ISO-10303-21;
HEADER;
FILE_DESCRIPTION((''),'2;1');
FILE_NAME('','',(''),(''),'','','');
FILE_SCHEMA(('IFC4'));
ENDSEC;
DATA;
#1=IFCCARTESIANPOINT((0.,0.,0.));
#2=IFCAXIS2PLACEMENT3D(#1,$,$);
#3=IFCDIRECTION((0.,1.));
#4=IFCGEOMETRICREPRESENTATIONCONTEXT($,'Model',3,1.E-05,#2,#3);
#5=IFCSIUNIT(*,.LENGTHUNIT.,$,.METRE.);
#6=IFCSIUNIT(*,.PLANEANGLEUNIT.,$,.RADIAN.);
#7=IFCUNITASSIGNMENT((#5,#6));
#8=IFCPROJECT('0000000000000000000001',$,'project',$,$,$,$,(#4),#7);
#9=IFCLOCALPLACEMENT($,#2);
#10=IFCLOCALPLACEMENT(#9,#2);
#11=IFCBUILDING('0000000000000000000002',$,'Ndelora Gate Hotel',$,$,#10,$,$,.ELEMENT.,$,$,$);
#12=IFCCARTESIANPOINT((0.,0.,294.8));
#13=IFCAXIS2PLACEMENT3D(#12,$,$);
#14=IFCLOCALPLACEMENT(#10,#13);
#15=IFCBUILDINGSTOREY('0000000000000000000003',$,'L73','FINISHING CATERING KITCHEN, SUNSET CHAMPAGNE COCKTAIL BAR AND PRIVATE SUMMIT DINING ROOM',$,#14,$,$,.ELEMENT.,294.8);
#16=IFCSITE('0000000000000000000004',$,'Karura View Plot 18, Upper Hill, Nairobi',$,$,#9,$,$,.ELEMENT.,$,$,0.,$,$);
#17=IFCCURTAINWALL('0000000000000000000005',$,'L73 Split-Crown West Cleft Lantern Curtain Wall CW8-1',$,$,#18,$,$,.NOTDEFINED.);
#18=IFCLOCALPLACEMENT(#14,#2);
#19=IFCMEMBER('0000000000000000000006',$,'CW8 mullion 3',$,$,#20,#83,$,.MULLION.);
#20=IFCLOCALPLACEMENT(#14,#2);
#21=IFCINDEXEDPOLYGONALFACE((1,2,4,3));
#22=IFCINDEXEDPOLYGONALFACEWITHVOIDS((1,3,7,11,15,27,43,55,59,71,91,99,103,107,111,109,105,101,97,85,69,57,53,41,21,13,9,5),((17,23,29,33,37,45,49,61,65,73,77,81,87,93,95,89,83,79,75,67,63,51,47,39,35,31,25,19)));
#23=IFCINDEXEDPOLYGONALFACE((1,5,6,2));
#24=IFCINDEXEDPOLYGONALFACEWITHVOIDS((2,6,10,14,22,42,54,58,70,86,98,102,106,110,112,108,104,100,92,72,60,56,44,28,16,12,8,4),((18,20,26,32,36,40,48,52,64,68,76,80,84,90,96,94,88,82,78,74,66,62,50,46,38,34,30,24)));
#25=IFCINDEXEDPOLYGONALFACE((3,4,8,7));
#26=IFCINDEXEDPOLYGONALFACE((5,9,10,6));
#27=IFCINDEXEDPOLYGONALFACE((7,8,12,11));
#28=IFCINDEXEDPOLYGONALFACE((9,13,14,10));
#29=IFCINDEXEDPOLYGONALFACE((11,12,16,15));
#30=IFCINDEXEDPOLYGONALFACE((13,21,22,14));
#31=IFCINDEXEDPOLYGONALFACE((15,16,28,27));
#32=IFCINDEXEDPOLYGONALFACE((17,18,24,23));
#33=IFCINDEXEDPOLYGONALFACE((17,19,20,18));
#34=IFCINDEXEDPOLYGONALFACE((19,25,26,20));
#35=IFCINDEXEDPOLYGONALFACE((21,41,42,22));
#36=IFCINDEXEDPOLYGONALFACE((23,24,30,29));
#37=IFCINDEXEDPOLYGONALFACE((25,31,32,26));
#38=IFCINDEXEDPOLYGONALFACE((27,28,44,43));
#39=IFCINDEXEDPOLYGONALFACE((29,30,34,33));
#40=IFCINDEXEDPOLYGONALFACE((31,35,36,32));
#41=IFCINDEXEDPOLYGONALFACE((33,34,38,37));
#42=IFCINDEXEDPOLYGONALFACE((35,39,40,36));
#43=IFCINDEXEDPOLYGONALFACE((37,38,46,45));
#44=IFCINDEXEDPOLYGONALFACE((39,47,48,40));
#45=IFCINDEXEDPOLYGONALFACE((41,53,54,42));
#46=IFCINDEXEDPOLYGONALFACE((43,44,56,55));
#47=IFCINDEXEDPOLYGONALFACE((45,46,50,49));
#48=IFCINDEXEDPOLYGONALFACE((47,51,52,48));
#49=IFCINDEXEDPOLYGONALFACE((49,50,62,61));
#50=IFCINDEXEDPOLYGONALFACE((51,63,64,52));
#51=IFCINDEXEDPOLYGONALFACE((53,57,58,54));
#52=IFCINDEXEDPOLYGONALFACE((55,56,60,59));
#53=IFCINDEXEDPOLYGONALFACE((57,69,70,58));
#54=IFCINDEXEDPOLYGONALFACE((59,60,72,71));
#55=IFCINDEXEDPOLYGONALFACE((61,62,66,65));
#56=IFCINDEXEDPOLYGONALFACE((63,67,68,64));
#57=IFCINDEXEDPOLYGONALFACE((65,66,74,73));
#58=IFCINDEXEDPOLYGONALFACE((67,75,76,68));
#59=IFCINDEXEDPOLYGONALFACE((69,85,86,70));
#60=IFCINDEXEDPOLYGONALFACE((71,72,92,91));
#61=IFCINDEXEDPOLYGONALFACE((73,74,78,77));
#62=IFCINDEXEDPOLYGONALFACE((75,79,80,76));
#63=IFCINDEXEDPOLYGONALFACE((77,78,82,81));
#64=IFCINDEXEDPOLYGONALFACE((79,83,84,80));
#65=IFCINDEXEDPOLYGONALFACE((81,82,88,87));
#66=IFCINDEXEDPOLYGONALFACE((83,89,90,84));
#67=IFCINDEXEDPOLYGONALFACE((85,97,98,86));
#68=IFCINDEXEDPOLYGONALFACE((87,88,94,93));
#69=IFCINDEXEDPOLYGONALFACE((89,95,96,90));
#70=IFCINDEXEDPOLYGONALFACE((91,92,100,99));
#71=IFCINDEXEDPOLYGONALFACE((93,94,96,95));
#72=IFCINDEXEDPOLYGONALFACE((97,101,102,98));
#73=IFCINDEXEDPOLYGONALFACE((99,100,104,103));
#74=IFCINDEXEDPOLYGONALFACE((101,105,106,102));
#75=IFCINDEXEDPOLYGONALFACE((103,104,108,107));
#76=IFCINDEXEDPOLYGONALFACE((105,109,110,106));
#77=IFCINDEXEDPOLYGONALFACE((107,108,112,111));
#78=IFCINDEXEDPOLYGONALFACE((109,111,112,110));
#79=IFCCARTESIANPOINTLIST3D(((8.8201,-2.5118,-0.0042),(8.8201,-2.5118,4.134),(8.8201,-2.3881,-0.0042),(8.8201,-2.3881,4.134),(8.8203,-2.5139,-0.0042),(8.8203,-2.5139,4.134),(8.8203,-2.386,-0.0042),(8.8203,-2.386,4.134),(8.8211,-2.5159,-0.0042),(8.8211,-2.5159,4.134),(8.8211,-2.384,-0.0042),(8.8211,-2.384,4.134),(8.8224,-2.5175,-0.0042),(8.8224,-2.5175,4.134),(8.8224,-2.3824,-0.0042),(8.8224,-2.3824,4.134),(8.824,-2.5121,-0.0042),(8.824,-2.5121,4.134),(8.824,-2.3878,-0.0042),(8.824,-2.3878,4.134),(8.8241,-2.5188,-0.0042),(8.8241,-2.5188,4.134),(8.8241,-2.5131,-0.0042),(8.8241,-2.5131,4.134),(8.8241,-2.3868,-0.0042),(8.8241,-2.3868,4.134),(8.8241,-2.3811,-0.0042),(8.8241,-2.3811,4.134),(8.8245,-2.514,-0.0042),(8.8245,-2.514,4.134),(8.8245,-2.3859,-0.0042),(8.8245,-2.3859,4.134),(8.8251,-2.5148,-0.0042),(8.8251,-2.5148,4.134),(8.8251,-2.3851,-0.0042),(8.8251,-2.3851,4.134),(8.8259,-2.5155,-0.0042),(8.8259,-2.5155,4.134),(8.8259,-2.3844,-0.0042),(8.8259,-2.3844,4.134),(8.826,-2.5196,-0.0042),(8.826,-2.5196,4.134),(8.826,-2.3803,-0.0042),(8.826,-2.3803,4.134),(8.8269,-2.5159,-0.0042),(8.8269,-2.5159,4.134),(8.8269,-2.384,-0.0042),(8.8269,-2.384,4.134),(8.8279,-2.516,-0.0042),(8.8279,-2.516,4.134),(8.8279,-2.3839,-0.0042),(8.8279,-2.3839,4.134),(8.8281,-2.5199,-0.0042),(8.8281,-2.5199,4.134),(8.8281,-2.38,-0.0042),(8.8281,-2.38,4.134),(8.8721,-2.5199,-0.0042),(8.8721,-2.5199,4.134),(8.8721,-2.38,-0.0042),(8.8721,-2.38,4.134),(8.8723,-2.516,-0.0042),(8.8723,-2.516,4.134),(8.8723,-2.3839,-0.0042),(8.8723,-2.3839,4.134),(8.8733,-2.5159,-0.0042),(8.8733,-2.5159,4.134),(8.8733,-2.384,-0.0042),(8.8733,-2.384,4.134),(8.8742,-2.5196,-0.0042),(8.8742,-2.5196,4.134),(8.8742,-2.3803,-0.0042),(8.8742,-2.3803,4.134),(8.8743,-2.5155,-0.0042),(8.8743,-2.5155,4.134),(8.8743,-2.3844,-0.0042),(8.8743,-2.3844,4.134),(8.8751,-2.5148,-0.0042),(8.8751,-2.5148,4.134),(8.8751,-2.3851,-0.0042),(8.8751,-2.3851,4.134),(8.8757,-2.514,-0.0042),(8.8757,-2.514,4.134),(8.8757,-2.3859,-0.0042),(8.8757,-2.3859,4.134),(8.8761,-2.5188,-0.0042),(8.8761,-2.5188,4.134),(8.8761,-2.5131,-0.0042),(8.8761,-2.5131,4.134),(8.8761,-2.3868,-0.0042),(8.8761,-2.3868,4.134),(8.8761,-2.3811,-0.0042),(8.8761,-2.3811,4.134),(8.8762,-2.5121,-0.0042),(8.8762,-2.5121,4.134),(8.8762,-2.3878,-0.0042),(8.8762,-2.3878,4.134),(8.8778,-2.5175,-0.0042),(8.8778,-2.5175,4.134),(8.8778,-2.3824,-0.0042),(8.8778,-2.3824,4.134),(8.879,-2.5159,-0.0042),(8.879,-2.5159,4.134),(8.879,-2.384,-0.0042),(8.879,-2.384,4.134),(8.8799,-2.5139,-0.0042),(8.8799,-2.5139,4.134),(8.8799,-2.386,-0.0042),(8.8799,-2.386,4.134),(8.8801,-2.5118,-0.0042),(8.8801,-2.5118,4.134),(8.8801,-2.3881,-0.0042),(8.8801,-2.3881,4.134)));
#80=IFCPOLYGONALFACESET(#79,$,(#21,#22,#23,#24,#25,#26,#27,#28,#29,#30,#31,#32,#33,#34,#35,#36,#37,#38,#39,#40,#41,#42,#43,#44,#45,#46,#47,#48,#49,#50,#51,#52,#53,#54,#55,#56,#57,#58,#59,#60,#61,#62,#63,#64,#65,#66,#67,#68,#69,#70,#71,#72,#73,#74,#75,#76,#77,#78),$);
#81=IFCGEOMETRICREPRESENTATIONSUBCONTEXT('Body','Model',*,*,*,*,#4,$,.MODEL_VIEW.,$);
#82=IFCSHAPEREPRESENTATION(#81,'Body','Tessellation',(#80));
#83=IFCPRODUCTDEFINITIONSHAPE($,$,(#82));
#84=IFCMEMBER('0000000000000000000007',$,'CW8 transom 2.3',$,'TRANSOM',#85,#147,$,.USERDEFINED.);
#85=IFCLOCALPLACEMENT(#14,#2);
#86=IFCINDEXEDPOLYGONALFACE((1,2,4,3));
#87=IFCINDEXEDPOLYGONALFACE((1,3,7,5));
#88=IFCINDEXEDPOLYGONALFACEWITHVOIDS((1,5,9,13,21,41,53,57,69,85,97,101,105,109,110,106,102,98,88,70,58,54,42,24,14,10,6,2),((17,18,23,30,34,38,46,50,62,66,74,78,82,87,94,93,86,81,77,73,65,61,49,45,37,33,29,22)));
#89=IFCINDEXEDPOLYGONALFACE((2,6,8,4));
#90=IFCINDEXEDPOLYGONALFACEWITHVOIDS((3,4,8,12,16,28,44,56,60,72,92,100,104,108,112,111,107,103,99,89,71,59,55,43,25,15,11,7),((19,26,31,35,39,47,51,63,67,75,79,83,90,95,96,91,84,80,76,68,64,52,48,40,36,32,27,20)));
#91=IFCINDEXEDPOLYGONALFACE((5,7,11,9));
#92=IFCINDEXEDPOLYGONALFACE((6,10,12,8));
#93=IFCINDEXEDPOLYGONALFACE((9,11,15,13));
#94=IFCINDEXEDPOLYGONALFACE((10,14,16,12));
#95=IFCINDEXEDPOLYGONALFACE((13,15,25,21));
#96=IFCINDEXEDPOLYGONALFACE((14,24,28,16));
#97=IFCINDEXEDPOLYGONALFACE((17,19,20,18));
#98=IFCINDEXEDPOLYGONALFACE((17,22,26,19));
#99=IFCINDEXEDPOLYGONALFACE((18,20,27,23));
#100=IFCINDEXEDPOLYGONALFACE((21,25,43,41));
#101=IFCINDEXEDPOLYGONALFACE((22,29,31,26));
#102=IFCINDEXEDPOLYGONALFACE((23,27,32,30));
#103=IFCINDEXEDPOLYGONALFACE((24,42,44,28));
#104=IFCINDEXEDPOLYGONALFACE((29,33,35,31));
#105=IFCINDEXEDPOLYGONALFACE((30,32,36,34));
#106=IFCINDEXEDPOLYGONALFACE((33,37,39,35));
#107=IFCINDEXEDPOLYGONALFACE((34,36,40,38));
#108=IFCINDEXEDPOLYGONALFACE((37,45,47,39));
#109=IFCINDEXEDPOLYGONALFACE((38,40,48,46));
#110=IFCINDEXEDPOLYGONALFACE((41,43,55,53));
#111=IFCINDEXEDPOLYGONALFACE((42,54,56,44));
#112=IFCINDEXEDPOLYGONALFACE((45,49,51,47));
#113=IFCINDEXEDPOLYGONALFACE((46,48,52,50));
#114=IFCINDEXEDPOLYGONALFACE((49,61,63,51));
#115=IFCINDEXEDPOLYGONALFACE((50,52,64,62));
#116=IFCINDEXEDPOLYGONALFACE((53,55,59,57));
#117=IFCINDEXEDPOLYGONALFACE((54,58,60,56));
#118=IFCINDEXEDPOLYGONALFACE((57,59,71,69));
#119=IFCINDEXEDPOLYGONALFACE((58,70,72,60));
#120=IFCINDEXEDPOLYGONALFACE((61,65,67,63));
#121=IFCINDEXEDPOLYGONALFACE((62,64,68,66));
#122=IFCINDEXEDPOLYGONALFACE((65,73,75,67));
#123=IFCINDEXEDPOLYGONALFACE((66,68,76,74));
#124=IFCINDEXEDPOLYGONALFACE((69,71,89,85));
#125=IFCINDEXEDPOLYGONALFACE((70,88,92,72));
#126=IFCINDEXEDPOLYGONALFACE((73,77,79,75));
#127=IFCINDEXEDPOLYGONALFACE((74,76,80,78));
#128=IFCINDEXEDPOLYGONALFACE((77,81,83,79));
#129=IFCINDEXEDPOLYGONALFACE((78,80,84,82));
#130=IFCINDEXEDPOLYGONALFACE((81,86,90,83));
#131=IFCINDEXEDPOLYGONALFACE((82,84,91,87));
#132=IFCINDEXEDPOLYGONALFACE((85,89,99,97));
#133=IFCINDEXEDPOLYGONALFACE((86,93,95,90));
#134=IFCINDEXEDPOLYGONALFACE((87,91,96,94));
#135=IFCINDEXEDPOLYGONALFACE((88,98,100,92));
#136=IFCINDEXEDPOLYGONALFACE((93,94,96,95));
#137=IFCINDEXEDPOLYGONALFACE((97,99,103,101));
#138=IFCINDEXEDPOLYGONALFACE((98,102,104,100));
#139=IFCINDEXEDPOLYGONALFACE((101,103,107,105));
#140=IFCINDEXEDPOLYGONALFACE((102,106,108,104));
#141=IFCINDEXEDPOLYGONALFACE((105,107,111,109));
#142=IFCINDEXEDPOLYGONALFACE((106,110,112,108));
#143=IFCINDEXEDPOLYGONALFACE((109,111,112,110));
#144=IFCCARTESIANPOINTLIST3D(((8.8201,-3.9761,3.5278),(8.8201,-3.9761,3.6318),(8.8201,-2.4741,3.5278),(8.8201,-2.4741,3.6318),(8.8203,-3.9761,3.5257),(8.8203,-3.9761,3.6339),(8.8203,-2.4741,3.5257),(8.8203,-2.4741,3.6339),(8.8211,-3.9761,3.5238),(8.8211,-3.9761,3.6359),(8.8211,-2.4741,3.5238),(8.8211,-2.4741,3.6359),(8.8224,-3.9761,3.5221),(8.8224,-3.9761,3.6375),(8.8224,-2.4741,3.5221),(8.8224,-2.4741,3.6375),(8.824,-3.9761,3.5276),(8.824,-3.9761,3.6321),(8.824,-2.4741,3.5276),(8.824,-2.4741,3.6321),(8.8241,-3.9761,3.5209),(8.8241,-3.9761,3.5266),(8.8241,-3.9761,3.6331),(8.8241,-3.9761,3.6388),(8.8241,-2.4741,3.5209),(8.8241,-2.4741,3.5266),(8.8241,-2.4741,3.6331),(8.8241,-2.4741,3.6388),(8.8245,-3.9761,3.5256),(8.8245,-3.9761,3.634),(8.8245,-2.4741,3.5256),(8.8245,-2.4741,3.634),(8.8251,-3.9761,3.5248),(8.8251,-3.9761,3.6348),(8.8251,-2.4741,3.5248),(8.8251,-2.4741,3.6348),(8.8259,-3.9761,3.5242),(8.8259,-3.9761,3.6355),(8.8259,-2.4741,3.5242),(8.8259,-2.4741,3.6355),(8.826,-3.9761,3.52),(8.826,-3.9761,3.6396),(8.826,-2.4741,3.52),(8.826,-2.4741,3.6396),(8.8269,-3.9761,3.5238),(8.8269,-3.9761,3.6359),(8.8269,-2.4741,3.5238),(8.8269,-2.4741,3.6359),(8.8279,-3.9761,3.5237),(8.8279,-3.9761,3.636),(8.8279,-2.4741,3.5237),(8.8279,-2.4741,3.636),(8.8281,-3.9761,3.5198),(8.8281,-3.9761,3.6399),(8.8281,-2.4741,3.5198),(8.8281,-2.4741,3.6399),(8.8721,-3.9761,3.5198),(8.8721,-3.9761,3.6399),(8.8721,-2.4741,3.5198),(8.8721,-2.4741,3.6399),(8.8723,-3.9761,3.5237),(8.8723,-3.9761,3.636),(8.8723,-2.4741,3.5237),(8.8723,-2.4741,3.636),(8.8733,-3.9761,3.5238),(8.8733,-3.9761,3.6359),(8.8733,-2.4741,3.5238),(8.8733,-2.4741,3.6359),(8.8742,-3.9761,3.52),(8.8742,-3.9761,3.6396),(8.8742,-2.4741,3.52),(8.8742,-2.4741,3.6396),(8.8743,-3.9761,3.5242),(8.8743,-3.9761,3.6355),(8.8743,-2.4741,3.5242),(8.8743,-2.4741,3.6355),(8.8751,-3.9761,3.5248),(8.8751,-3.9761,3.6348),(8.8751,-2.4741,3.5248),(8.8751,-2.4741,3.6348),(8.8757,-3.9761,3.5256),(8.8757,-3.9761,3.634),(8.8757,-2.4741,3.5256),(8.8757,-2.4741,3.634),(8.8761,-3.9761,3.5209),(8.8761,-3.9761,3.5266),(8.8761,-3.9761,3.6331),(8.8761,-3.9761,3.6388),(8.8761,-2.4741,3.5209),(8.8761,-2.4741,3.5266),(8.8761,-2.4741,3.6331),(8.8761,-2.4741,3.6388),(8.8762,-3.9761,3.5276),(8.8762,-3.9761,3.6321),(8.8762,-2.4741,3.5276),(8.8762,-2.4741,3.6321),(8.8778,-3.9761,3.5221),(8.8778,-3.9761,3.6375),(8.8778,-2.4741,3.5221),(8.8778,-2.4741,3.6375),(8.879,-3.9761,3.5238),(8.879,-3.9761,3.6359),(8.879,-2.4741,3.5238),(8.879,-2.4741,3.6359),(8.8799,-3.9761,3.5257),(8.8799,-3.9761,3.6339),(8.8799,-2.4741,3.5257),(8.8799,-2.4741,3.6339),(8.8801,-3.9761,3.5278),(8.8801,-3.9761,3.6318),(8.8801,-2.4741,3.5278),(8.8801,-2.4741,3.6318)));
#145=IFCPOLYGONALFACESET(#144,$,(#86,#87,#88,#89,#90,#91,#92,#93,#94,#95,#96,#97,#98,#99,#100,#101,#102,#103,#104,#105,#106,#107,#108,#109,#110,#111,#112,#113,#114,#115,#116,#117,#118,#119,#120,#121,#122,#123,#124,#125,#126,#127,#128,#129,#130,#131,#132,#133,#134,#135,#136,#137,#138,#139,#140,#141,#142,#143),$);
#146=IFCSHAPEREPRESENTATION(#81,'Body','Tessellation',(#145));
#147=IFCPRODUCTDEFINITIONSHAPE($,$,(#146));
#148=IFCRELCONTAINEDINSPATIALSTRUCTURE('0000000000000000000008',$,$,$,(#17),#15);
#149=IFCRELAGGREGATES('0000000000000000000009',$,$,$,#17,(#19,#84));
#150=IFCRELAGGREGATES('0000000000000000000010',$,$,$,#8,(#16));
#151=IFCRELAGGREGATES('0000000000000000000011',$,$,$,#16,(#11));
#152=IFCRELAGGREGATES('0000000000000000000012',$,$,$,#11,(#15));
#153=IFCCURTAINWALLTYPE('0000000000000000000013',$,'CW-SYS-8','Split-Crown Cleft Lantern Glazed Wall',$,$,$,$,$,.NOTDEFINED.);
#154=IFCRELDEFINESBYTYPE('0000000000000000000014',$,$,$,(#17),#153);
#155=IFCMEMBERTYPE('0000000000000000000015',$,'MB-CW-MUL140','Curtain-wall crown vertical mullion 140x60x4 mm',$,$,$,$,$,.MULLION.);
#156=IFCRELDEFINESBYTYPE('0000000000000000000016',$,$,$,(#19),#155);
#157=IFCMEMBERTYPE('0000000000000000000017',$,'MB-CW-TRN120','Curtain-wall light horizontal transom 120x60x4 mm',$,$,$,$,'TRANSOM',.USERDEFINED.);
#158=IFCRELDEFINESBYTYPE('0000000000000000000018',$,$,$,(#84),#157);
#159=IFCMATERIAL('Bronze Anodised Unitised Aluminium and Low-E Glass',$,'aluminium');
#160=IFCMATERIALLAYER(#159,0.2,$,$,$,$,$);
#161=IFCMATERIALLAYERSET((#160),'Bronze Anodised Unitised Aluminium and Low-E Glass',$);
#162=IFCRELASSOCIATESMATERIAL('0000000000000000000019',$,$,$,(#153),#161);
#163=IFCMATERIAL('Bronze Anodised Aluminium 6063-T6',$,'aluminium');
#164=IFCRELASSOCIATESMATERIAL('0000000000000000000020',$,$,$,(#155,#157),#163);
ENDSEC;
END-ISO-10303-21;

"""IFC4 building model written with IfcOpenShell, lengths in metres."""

from ifc_helpers import new_model, si_unit, direction, frame, origin, origin_2d, place, context, subcontext, project, spatial, hollow_rectangle, extrude, material, layer, layer_set, material_profile, profile_set, type_object, element, aggregate, save


model = new_model("IFC4")

# Units and contexts
model_context = context("Model", 3, precision=1e-05, world=origin(), true_north=direction((0.0, 1.0)))
body_context = subcontext(model_context, "Body", "Model", "MODEL_VIEW")
ifc_project = project(units=[si_unit("LENGTHUNIT", "METRE"), si_unit("PLANEANGLEUNIT", "RADIAN")], contexts=[model_context])

# Site, building, storey
site_placement = place(None, origin())
site = spatial("IfcSite", under=ifc_project, at=site_placement, Name="Karura View Plot 18, Upper Hill, Nairobi", CompositionType="ELEMENT", RefElevation=0.0)
building_placement = place(site_placement, origin())
building = spatial("IfcBuilding", under=site, at=building_placement, Name="Ndelora Gate Hotel", CompositionType="ELEMENT")
storey_placement = place(building_placement, frame((0.0, 0.0, 294.8)))
storey = spatial("IfcBuildingStorey", under=building, at=storey_placement, Name="L73", Description="FINISHING CATERING KITCHEN, SUNSET CHAMPAGNE COCKTAIL BAR AND PRIVATE SUMMIT DINING ROOM", CompositionType="ELEMENT", Elevation=294.8)

# Curtain wall, members
ifc_material_1 = material(Name="Bronze Anodised Unitised Aluminium and Low-E Glass", Category="aluminium")
ifc_layer_1 = layer(ifc_material_1, 0.2)
ifc_layer_set_1 = layer_set([ifc_layer_1], Name="Bronze Anodised Unitised Aluminium and Low-E Glass")
curtain_wall_type = type_object("IfcCurtainWallType", Name="CW-SYS-8", Description="Split-Crown Cleft Lantern Glazed Wall", PredefinedType="NOTDEFINED", material=ifc_layer_set_1)
curtain_wall_placement = place(storey_placement, origin())
curtain_wall = element("IfcCurtainWall", 1, at=curtain_wall_placement, inside=storey, type_object=curtain_wall_type, Name="L73 Split-Crown West Cleft Lantern Curtain Wall CW8-1", PredefinedType="NOTDEFINED")
ifc_material_2 = material(Name="Bronze Anodised Aluminium 6063-T6", Category="aluminium")
ifc_material_profile_1 = material_profile(ifc_material_2, hollow_rectangle(XDim=0.0601, YDim=0.1399, WallThickness=0.0039, InnerFilletRadius=0.0039, OuterFilletRadius=0.0081, at=origin_2d()), Name="ALU 140x60x4")
ifc_profile_set_1 = profile_set([ifc_material_profile_1], Name="Bronze Anodised Aluminium 6063-T6")
member_type_1 = type_object("IfcMemberType", Name="MB-CW-MUL140", Description="Curtain-wall crown vertical mullion 140x60x4 mm", PredefinedType="MULLION", material=ifc_profile_set_1)
member_1_placement = place(storey_placement, frame((8.8501, -2.45, -0.0042), z_axis=(0.0, 0.0, 1.0), x_axis=(-1.0, 0.0, 0.0)))
member_1 = element("IfcMember", 2, at=member_1_placement, type_object=member_type_1, Name="CW8 mullion 3", PredefinedType="MULLION", context=body_context, shape_type="SweptSolid", body=[
    extrude(hollow_rectangle(XDim=0.0601, YDim=0.1399, WallThickness=0.0039, InnerFilletRadius=0.0039, OuterFilletRadius=0.0081, at=origin_2d()), origin(), (0.0, 0.0, 1.0), 4.1382),
])
ifc_material_profile_2 = material_profile(ifc_material_2, hollow_rectangle(XDim=0.0601, YDim=0.1201, WallThickness=0.0039, InnerFilletRadius=0.0039, OuterFilletRadius=0.0081, at=origin_2d()), Name="ALU 120x60x4")
ifc_profile_set_2 = profile_set([ifc_material_profile_2], Name="Bronze Anodised Aluminium 6063-T6")
member_type_2 = type_object("IfcMemberType", Name="MB-CW-TRN120", Description="Curtain-wall light horizontal transom 120x60x4 mm", ElementType="TRANSOM", PredefinedType="USERDEFINED", material=ifc_profile_set_2)
member_2_placement = place(storey_placement, frame((8.8501, -3.9761, 3.5798), z_axis=(0.0, 1.0, 0.0), x_axis=(-1.0, 0.0, 0.0)))
member_2 = element("IfcMember", 3, at=member_2_placement, type_object=member_type_2, Name="CW8 transom 2.3", ObjectType="TRANSOM", PredefinedType="USERDEFINED", context=body_context, shape_type="SweptSolid", body=[
    extrude(hollow_rectangle(XDim=0.0601, YDim=0.1201, WallThickness=0.0039, InnerFilletRadius=0.0039, OuterFilletRadius=0.0081, at=origin_2d()), origin(), (0.0, 0.0, 1.0), 1.502),
])
aggregate(curtain_wall, [member_1, member_2])

save(model, "model.ifc")
